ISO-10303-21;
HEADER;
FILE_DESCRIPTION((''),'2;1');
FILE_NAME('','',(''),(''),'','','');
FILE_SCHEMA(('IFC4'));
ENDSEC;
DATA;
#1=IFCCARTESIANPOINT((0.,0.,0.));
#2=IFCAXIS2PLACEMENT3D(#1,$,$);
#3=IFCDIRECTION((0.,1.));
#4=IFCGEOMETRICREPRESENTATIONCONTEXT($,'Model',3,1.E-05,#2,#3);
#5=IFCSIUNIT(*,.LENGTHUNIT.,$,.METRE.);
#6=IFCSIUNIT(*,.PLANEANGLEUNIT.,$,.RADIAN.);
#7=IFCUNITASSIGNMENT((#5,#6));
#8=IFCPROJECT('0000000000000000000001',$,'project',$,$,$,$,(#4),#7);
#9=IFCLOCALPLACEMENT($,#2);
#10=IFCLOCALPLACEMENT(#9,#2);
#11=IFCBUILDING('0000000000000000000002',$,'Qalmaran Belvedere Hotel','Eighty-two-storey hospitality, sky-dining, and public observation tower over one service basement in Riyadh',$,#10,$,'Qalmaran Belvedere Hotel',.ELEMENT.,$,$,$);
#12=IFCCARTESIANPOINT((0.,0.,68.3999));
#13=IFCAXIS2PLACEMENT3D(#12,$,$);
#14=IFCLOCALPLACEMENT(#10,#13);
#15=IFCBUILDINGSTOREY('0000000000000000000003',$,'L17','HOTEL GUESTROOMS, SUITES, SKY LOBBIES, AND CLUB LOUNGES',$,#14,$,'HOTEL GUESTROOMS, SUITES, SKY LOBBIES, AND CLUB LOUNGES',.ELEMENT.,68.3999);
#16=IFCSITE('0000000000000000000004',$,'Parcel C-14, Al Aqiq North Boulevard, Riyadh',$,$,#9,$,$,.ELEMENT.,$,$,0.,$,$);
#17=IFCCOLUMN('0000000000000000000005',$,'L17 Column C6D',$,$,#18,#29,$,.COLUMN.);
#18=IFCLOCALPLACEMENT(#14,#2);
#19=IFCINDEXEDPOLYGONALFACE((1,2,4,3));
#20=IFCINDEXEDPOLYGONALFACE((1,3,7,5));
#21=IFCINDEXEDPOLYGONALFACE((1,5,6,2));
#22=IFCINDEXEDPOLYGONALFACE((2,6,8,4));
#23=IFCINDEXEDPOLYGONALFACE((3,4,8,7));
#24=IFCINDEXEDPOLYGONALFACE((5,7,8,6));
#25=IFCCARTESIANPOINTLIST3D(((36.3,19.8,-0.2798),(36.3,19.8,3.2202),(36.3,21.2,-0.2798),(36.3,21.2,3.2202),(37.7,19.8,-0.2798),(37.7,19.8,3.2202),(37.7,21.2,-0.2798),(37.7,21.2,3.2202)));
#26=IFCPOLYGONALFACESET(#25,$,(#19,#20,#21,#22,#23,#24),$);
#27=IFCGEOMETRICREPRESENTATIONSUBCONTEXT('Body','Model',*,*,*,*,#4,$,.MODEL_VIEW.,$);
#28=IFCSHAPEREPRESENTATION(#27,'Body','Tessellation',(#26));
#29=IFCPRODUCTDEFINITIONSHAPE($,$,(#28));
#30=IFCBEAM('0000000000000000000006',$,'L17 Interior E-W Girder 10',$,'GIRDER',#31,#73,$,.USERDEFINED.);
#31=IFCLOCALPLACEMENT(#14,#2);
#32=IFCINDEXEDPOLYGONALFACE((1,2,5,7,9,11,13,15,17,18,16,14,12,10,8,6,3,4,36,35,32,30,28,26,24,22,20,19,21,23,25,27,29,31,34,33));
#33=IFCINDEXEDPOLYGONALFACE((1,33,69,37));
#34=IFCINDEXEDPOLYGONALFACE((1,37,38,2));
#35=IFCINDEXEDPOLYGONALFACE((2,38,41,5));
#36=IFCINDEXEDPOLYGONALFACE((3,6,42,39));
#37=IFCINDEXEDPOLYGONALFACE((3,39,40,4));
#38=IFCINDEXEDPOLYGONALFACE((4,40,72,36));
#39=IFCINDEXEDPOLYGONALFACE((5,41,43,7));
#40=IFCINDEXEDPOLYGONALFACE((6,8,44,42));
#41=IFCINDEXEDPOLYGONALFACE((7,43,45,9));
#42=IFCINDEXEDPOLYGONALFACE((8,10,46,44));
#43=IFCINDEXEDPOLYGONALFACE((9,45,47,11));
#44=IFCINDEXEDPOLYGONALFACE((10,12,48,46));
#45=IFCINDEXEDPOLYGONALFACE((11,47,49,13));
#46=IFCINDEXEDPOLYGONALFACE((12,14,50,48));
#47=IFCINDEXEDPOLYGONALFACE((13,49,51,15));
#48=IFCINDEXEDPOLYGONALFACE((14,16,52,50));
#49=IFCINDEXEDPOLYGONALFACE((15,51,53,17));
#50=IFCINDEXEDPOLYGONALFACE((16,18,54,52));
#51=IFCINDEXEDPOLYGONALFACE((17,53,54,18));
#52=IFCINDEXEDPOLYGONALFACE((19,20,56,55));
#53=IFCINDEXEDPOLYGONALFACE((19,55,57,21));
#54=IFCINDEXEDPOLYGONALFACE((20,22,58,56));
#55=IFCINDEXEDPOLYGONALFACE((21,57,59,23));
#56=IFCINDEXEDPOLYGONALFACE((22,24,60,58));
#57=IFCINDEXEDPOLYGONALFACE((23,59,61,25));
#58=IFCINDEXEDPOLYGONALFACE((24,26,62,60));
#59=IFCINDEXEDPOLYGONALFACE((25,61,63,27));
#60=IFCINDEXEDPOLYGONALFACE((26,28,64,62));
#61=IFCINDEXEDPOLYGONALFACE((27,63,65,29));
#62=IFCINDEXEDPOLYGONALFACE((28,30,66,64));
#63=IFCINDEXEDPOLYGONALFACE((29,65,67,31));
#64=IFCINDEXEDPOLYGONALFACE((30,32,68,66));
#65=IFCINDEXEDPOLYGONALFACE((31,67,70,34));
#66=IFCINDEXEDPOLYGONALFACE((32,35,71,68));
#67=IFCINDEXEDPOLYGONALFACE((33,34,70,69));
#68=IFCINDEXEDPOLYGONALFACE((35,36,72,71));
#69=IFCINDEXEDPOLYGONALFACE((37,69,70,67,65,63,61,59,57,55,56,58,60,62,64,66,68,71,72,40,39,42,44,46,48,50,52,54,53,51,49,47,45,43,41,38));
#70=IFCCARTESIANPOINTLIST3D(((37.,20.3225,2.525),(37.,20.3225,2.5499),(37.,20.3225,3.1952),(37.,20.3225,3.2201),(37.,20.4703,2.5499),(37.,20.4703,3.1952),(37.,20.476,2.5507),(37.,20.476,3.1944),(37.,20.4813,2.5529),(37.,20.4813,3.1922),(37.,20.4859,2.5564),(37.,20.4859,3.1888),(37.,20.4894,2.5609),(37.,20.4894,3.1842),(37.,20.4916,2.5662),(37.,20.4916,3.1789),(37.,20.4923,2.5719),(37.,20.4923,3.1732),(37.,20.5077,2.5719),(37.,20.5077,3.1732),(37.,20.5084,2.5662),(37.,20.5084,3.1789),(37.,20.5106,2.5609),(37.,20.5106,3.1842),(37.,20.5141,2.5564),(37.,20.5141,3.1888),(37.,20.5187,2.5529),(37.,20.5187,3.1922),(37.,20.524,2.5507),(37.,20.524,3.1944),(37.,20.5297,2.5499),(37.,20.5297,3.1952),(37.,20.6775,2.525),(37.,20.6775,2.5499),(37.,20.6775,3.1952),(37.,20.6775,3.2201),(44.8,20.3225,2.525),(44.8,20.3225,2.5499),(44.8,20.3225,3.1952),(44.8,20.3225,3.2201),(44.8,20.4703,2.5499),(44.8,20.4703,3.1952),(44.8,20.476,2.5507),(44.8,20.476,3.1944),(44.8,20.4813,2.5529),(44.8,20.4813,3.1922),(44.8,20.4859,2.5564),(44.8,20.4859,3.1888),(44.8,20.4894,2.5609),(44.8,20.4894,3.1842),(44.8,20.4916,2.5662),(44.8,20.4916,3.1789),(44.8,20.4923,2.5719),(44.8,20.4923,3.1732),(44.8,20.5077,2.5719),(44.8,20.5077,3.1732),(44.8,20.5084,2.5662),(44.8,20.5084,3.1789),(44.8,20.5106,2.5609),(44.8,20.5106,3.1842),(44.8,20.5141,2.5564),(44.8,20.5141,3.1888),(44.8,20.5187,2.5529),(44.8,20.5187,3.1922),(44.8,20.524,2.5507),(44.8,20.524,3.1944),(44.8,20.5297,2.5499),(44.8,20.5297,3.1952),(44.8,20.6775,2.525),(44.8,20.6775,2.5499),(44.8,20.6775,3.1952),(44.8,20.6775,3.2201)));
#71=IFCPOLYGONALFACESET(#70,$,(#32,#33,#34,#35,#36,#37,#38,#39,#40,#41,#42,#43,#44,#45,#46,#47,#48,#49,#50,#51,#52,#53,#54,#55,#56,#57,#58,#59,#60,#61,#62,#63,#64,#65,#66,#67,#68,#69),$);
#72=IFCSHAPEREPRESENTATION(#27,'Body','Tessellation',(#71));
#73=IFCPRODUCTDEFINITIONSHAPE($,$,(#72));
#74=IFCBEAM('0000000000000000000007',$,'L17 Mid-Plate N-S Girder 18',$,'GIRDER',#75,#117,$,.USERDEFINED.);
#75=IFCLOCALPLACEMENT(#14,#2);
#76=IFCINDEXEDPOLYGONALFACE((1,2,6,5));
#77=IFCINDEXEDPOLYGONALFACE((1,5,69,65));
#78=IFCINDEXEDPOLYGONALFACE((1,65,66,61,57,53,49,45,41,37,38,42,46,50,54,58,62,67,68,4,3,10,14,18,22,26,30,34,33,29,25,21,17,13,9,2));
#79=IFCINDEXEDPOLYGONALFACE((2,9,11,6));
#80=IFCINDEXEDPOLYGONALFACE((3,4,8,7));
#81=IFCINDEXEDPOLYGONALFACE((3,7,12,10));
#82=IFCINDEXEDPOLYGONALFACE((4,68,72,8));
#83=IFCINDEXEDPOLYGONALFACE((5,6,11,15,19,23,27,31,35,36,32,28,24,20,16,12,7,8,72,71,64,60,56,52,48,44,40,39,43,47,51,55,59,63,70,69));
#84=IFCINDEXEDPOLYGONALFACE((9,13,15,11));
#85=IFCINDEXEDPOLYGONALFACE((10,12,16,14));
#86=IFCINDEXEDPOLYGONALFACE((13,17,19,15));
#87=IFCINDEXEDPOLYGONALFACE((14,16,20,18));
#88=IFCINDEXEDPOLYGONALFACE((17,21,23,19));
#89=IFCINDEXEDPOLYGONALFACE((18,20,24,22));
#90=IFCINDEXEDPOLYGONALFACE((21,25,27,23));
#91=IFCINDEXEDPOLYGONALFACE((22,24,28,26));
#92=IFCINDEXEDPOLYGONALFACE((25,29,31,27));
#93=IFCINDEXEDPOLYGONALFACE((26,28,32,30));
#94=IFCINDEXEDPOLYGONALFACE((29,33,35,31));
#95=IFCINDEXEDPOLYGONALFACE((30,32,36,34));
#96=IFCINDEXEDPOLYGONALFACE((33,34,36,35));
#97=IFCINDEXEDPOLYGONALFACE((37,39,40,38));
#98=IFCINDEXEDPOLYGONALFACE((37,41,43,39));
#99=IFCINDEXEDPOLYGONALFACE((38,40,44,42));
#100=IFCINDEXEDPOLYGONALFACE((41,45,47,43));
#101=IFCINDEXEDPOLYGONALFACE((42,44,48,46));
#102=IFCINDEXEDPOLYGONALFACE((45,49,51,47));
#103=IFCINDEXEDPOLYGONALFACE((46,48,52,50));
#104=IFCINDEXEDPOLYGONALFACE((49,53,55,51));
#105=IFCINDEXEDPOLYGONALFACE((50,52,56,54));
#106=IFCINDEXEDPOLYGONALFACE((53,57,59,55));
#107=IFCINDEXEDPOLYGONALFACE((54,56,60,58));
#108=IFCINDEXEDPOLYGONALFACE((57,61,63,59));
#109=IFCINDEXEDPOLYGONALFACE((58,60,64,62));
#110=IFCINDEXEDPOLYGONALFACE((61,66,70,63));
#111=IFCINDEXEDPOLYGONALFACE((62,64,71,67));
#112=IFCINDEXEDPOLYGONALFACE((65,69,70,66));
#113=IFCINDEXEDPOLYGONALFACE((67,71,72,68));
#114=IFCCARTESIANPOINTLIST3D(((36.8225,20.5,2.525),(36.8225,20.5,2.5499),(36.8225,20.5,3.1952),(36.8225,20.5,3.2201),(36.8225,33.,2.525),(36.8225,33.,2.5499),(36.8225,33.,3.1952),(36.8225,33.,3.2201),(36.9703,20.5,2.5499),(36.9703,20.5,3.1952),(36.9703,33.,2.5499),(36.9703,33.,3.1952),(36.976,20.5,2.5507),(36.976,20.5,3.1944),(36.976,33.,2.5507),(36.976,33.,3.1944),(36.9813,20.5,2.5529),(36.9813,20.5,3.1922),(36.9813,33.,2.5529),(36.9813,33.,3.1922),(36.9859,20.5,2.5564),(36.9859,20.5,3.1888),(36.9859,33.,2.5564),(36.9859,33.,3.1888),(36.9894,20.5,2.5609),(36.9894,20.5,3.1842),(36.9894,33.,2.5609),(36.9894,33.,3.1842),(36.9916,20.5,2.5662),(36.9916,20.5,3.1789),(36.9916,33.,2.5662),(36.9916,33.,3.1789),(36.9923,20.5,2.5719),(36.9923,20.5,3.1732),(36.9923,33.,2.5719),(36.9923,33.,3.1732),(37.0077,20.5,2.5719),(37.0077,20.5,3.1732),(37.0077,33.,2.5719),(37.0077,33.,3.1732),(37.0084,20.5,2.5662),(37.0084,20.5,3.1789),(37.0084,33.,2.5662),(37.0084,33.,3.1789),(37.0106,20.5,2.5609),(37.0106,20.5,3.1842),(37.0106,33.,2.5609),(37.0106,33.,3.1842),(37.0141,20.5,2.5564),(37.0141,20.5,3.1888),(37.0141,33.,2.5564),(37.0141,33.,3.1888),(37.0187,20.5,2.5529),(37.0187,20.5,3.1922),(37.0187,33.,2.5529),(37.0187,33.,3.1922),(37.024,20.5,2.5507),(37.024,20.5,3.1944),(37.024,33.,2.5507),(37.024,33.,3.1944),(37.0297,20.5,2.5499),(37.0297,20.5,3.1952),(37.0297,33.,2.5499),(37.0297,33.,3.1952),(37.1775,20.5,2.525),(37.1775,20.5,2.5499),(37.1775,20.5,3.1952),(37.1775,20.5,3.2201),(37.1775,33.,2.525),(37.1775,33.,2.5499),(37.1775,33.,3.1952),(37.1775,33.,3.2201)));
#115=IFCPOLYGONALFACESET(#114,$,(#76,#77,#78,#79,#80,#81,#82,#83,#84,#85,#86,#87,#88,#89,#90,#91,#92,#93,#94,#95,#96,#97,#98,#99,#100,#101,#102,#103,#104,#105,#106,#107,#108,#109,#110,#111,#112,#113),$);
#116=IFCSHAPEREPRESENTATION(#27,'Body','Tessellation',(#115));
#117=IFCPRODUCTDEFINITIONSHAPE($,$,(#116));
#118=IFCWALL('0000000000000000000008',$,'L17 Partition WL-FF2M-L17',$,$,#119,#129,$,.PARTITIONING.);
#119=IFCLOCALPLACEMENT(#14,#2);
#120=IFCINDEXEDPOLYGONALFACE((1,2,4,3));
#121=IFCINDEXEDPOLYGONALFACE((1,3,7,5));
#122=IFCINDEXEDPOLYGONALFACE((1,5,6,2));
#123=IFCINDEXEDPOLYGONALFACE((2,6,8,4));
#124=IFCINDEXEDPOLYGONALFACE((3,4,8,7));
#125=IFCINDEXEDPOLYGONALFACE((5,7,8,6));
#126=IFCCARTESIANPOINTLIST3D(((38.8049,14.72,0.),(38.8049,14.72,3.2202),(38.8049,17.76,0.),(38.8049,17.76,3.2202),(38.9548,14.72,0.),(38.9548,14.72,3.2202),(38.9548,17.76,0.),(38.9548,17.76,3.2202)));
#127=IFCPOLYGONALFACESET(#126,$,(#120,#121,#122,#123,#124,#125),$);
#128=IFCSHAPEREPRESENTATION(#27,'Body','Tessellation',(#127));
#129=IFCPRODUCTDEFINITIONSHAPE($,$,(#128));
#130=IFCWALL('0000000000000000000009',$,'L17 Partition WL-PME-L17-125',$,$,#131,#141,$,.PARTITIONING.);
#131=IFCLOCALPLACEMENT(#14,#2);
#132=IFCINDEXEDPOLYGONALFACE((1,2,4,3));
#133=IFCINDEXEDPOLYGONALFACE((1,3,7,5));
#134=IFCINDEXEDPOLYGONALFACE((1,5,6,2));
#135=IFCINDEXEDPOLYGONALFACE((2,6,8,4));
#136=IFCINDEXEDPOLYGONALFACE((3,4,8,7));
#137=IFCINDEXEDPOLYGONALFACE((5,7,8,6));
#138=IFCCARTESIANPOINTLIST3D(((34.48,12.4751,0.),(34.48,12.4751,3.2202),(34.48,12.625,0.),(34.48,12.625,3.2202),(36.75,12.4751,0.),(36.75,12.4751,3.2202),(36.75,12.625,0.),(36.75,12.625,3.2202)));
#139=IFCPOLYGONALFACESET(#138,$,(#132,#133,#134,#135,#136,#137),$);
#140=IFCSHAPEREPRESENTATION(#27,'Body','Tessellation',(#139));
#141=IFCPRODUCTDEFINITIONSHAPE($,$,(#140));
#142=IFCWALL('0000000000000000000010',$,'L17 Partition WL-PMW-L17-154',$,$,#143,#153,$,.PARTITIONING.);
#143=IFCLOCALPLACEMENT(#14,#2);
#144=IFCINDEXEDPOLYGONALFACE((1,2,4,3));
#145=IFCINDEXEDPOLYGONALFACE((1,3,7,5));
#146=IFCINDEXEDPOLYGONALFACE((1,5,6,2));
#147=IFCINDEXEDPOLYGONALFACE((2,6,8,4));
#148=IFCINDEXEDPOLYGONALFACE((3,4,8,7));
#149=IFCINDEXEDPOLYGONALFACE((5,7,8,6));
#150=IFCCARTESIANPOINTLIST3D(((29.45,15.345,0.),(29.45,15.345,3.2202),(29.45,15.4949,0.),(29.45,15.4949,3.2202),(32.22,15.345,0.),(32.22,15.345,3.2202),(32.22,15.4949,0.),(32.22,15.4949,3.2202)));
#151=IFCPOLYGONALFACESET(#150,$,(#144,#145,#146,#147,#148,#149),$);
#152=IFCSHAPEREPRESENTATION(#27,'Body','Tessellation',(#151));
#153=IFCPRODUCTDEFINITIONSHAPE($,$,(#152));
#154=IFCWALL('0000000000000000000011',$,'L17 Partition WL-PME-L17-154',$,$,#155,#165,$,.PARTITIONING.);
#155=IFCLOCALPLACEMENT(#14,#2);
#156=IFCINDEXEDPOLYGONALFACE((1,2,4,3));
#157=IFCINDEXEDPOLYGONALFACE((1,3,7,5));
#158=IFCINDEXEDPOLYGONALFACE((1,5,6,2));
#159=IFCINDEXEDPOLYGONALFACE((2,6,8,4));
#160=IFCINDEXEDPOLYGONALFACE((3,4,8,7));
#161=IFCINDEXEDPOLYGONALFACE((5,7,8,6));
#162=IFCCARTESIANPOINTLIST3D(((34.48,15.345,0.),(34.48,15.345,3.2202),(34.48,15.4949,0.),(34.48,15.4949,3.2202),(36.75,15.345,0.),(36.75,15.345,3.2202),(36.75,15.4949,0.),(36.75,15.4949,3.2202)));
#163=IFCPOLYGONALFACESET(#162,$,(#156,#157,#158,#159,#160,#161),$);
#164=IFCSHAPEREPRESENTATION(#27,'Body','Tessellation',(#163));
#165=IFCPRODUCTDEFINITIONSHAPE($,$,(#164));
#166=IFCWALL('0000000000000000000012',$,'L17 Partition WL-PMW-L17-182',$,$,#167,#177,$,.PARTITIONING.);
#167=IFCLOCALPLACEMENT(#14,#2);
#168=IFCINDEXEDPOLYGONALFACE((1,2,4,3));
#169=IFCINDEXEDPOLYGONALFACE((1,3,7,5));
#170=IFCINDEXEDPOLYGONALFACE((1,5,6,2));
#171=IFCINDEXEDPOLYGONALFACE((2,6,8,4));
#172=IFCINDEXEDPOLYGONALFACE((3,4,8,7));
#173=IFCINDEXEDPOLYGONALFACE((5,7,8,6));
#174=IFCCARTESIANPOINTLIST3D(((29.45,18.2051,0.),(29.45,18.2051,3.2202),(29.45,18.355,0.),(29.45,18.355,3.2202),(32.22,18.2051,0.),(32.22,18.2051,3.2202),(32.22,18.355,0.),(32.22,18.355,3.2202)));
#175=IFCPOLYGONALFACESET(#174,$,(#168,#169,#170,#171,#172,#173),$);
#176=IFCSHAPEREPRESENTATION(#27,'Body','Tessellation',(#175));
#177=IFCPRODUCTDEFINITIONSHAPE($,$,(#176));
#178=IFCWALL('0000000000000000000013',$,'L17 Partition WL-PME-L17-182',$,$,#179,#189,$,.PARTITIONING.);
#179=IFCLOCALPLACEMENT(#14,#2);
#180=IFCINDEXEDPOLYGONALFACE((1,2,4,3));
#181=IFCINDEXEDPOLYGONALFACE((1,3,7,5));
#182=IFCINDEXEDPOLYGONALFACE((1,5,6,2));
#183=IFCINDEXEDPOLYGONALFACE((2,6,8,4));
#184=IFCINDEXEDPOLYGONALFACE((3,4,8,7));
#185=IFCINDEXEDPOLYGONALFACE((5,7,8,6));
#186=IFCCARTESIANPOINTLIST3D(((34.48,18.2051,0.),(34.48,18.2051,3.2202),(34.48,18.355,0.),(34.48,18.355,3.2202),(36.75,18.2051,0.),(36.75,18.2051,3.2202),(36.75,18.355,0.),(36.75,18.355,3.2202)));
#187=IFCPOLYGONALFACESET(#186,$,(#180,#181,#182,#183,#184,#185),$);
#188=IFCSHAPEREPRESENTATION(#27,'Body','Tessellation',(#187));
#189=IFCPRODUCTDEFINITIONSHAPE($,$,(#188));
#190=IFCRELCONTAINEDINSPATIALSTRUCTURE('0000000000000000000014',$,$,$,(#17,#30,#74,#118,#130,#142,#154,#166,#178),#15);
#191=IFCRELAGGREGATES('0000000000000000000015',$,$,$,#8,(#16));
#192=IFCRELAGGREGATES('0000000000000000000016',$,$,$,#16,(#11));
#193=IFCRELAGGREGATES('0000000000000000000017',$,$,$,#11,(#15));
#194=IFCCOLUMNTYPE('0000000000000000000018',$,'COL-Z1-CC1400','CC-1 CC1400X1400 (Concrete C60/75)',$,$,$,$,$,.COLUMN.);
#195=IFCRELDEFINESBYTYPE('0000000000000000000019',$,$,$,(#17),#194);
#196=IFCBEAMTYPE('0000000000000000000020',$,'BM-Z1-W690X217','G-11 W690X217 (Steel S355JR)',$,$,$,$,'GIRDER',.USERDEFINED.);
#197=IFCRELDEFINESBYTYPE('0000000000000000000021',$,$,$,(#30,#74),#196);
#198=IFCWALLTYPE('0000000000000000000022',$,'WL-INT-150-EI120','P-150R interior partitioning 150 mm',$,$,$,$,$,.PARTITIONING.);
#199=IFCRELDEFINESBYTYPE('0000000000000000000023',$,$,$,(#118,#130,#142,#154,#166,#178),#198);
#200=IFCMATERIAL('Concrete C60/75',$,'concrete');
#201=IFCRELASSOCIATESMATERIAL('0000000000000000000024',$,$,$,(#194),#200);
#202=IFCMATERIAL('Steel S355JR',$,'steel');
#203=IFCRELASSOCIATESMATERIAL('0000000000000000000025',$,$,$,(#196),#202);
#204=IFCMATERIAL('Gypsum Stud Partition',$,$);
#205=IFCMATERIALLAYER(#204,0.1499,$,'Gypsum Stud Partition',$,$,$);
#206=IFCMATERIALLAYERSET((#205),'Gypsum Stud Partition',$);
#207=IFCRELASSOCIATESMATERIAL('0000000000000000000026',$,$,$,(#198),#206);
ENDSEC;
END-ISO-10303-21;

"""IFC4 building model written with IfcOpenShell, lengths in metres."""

from ifc_helpers import new_model, si_unit, direction, frame, frame_2d, origin, origin_2d, place, context, subcontext, project, spatial, rectangle, i_section, extrude, material, layer, layer_set, material_profile, profile_set, type_object, element, save


model = new_model("IFC4")

# Units and contexts
model_context = context("Model", 3, precision=1e-05, world=origin(), true_north=direction((0.0, 1.0)))
body_context = subcontext(model_context, "Body", "Model", "MODEL_VIEW")
ifc_project = project(units=[si_unit("LENGTHUNIT", "METRE"), si_unit("PLANEANGLEUNIT", "RADIAN")], contexts=[model_context])

# Site, building, storey
site_placement = place(None, origin())
site = spatial("IfcSite", under=ifc_project, at=site_placement, Name="Parcel C-14, Al Aqiq North Boulevard, Riyadh", CompositionType="ELEMENT", RefElevation=0.0)
building_placement = place(site_placement, origin())
building = spatial("IfcBuilding", under=site, at=building_placement, Name="Qalmaran Belvedere Hotel", Description="Eighty-two-storey hospitality, sky-dining, and public observation tower over one service basement in Riyadh", LongName="Qalmaran Belvedere Hotel", CompositionType="ELEMENT")
storey_placement = place(building_placement, frame((0.0, 0.0, 68.3999)))
storey = spatial("IfcBuildingStorey", under=building, at=storey_placement, Name="L17", Description="HOTEL GUESTROOMS, SUITES, SKY LOBBIES, AND CLUB LOUNGES", LongName="HOTEL GUESTROOMS, SUITES, SKY LOBBIES, AND CLUB LOUNGES", CompositionType="ELEMENT", Elevation=68.3999)

# Column
ifc_material_1 = material(Name="Concrete C60/75", Category="concrete")
ifc_material_profile_1 = material_profile(ifc_material_1, rectangle(XDim=1.3999, YDim=1.3999, at=origin_2d()), Name="CC1400X1400")
ifc_profile_set_1 = profile_set([ifc_material_profile_1], Name="Concrete C60/75")
column_type = type_object("IfcColumnType", Name="COL-Z1-CC1400", Description="CC-1 CC1400X1400 (Concrete C60/75)", PredefinedType="COLUMN", material=ifc_profile_set_1)
column_placement = place(storey_placement, frame((37.0, 20.5, -0.2798), z_axis=(0.0, 0.0, 1.0), x_axis=(1.0, 0.0, 0.0)))
element("IfcColumn", 1, at=column_placement, inside=storey, type_object=column_type, Name="L17 Column C6D", PredefinedType="COLUMN", context=body_context, shape_type="SweptSolid", body=[
    extrude(rectangle(XDim=1.3999, YDim=1.3999, at=origin_2d()), origin(), (0.0, 0.0, 1.0), 3.5),
])

# Beams
ifc_material_2 = material(Name="Steel S355JR", Category="steel")
ifc_material_profile_2 = material_profile(ifc_material_2, i_section(OverallWidth=0.355, OverallDepth=0.6951, WebThickness=0.0154, FlangeThickness=0.0249, FilletRadius=0.022, at=origin_2d()), Name="W690X217")
ifc_profile_set_2 = profile_set([ifc_material_profile_2], Name="Steel S355JR")
beam_type = type_object("IfcBeamType", Name="BM-Z1-W690X217", Description="G-11 W690X217 (Steel S355JR)", ElementType="GIRDER", PredefinedType="USERDEFINED", material=ifc_profile_set_2)
beam_1_placement = place(storey_placement, frame((37.0, 20.5, 2.8726), z_axis=(1.0, 0.0, 0.0), x_axis=(0.0, 1.0, 0.0)))
element("IfcBeam", 2, at=beam_1_placement, inside=storey, type_object=beam_type, Name="L17 Interior E-W Girder 10", ObjectType="GIRDER", PredefinedType="USERDEFINED", context=body_context, shape_type="SweptSolid", body=[
    extrude(i_section(OverallWidth=0.355, OverallDepth=0.6951, WebThickness=0.0154, FlangeThickness=0.0249, FilletRadius=0.022, at=origin_2d()), origin(), (0.0, 0.0, 1.0), 7.8),
])
beam_2_placement = place(storey_placement, frame((37.0, 20.5, 2.8726), z_axis=(0.0, 1.0, 0.0), x_axis=(-1.0, 0.0, 0.0)))
element("IfcBeam", 3, at=beam_2_placement, inside=storey, type_object=beam_type, Name="L17 Mid-Plate N-S Girder 18", ObjectType="GIRDER", PredefinedType="USERDEFINED", context=body_context, shape_type="SweptSolid", body=[
    extrude(i_section(OverallWidth=0.355, OverallDepth=0.6951, WebThickness=0.0154, FlangeThickness=0.0249, FilletRadius=0.022, at=origin_2d()), origin(), (0.0, 0.0, 1.0), 12.5),
])

# Walls
ifc_material_3 = material(Name="Gypsum Stud Partition")
ifc_layer_1 = layer(ifc_material_3, 0.1499, Name="Gypsum Stud Partition")
ifc_layer_set_1 = layer_set([ifc_layer_1], Name="Gypsum Stud Partition")
wall_type_1 = type_object("IfcWallType", Name="WL-INT-150-EI120", Description="P-150R interior partitioning 150 mm", PredefinedType="PARTITIONING", material=ifc_layer_set_1)
wall_1_placement = place(storey_placement, frame((38.8799, 14.72, 0.0), z_axis=(0.0, 0.0, 1.0), x_axis=(0.0, 1.0, 0.0)))
element("IfcWall", 4, at=wall_1_placement, inside=storey, type_object=wall_type_1, Name="L17 Partition WL-FF2M-L17", PredefinedType="PARTITIONING", context=body_context, shape_type="SweptSolid", body=[
    extrude(rectangle(XDim=3.04, YDim=0.1499, at=frame_2d((1.52, 0.0))), origin(), (0.0, 0.0, 1.0), 3.2202),
])
wall_2_placement = place(storey_placement, frame((34.48, 12.55, 0.0), z_axis=(0.0, 0.0, 1.0), x_axis=(1.0, 0.0, 0.0)))
element("IfcWall", 5, at=wall_2_placement, inside=storey, type_object=wall_type_1, Name="L17 Partition WL-PME-L17-125", PredefinedType="PARTITIONING", context=body_context, shape_type="SweptSolid", body=[
    extrude(rectangle(XDim=2.27, YDim=0.1499, at=frame_2d((1.135, 0.0))), origin(), (0.0, 0.0, 1.0), 3.2202),
])
wall_3_placement = place(storey_placement, frame((29.45, 15.4199, 0.0), z_axis=(0.0, 0.0, 1.0), x_axis=(1.0, 0.0, 0.0)))
element("IfcWall", 6, at=wall_3_placement, inside=storey, type_object=wall_type_1, Name="L17 Partition WL-PMW-L17-154", PredefinedType="PARTITIONING", context=body_context, shape_type="SweptSolid", body=[
    extrude(rectangle(XDim=2.77, YDim=0.1499, at=frame_2d((1.385, 0.0))), origin(), (0.0, 0.0, 1.0), 3.2202),
])
wall_4_placement = place(storey_placement, frame((34.48, 15.4199, 0.0), z_axis=(0.0, 0.0, 1.0), x_axis=(1.0, 0.0, 0.0)))
element("IfcWall", 7, at=wall_4_placement, inside=storey, type_object=wall_type_1, Name="L17 Partition WL-PME-L17-154", PredefinedType="PARTITIONING", context=body_context, shape_type="SweptSolid", body=[
    extrude(rectangle(XDim=2.27, YDim=0.1499, at=frame_2d((1.135, 0.0))), origin(), (0.0, 0.0, 1.0), 3.2202),
])
wall_5_placement = place(storey_placement, frame((29.45, 18.28, 0.0), z_axis=(0.0, 0.0, 1.0), x_axis=(1.0, 0.0, 0.0)))
element("IfcWall", 8, at=wall_5_placement, inside=storey, type_object=wall_type_1, Name="L17 Partition WL-PMW-L17-182", PredefinedType="PARTITIONING", context=body_context, shape_type="SweptSolid", body=[
    extrude(rectangle(XDim=2.77, YDim=0.1499, at=frame_2d((1.385, 0.0))), origin(), (0.0, 0.0, 1.0), 3.2202),
])
wall_6_placement = place(storey_placement, frame((34.48, 18.28, 0.0), z_axis=(0.0, 0.0, 1.0), x_axis=(1.0, 0.0, 0.0)))
element("IfcWall", 9, at=wall_6_placement, inside=storey, type_object=wall_type_1, Name="L17 Partition WL-PME-L17-182", PredefinedType="PARTITIONING", context=body_context, shape_type="SweptSolid", body=[
    extrude(rectangle(XDim=2.27, YDim=0.1499, at=frame_2d((1.135, 0.0))), origin(), (0.0, 0.0, 1.0), 3.2202),
])

save(model, "model.ifc")
